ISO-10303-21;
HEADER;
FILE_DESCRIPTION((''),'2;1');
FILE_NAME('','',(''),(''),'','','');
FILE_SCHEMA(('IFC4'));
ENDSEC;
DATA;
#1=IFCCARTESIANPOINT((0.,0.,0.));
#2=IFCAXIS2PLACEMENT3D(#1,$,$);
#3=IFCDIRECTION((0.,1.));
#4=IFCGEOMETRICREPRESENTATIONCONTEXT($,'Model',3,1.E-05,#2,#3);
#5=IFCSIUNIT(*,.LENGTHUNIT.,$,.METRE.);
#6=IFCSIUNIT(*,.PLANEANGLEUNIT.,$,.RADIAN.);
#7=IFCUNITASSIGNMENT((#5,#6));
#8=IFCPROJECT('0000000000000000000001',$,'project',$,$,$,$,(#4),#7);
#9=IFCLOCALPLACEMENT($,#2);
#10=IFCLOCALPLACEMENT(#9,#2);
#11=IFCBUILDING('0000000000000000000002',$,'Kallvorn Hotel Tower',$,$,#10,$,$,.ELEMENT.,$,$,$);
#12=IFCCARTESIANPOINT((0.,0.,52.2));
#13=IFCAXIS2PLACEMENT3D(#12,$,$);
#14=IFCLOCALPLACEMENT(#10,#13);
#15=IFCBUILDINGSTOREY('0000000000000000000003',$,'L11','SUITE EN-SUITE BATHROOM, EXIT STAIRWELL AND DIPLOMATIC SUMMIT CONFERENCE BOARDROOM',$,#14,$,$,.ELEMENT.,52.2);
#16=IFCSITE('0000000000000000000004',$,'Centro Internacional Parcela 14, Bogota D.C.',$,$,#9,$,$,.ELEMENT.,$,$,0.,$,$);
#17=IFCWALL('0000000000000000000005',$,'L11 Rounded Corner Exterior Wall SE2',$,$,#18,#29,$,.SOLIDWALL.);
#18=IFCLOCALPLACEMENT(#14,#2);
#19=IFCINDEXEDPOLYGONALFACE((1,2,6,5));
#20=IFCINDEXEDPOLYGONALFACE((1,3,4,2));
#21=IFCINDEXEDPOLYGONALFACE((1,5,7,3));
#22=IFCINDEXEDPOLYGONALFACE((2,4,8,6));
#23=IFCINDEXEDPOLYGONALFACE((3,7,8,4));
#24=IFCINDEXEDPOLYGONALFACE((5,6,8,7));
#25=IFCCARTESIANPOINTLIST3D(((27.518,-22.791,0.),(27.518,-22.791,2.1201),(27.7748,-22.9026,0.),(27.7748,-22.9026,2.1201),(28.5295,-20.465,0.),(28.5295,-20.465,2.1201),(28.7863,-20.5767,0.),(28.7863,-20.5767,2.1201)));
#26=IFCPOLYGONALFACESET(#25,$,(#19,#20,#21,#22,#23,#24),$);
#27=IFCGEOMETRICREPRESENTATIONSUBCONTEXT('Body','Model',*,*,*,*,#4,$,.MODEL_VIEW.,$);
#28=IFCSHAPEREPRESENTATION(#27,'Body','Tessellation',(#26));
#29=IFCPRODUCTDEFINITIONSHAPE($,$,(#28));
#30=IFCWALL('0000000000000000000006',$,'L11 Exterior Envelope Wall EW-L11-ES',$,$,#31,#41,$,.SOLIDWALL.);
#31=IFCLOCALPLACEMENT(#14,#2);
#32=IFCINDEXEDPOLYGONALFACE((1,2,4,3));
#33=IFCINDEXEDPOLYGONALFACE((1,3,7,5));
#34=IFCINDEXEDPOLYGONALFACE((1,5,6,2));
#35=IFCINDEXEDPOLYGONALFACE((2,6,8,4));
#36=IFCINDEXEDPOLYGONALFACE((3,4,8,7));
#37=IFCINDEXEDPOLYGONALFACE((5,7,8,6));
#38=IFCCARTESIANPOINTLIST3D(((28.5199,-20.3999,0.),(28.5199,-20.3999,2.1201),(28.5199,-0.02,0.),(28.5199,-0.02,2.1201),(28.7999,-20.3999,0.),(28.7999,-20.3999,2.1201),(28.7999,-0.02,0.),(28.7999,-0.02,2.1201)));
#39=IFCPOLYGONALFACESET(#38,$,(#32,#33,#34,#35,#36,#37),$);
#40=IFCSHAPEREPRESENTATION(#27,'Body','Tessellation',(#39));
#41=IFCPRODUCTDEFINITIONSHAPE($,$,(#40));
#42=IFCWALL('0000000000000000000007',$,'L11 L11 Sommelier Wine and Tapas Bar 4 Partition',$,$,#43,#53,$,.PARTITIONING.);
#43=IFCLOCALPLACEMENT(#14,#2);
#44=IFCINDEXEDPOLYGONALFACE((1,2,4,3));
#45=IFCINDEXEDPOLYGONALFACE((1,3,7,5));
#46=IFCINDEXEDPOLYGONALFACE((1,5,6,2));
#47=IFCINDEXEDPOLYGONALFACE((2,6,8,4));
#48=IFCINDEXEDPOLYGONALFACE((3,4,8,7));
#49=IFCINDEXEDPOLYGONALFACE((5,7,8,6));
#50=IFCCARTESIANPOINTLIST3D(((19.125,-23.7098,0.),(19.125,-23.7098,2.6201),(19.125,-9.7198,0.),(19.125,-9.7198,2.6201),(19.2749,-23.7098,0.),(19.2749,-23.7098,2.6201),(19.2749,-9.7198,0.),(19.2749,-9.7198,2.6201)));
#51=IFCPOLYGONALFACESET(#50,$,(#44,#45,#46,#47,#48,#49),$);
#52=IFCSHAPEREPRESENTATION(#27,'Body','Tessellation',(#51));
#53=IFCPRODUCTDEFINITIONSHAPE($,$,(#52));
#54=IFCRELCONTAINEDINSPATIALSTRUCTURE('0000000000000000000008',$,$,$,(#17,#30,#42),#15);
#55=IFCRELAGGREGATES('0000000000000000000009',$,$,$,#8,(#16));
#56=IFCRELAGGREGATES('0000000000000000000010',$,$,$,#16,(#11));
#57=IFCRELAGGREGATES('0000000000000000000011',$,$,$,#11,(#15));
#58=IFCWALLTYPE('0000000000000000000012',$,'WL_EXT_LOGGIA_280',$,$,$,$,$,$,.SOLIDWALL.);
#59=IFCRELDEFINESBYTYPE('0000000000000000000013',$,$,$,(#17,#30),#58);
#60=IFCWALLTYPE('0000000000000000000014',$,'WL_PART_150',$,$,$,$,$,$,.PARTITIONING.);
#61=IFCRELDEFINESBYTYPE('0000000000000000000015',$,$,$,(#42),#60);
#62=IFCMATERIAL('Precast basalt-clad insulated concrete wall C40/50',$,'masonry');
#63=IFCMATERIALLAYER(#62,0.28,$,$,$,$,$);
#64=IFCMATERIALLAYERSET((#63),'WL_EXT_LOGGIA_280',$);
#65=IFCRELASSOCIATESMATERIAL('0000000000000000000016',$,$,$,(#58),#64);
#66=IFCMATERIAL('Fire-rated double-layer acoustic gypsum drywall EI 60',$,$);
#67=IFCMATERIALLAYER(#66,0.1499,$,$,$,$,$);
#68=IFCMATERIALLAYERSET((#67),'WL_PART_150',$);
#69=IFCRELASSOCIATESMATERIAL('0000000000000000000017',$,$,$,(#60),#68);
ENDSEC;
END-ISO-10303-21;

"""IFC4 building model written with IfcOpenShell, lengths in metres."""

from ifc_helpers import new_model, si_unit, direction, frame, frame_2d, origin, place, context, subcontext, project, spatial, rectangle, extrude, material, layer, layer_set, type_object, element, save


model = new_model("IFC4")

# Units and contexts
model_context = context("Model", 3, precision=1e-05, world=origin(), true_north=direction((0.0, 1.0)))
body_context = subcontext(model_context, "Body", "Model", "MODEL_VIEW")
ifc_project = project(units=[si_unit("LENGTHUNIT", "METRE"), si_unit("PLANEANGLEUNIT", "RADIAN")], contexts=[model_context])

# Site, building, storey
site_placement = place(None, origin())
site = spatial("IfcSite", under=ifc_project, at=site_placement, Name="Centro Internacional Parcela 14, Bogota D.C.", CompositionType="ELEMENT", RefElevation=0.0)
building_placement = place(site_placement, origin())
building = spatial("IfcBuilding", under=site, at=building_placement, Name="Kallvorn Hotel Tower", CompositionType="ELEMENT")
storey_placement = place(building_placement, frame((0.0, 0.0, 52.2)))
storey = spatial("IfcBuildingStorey", under=building, at=storey_placement, Name="L11", Description="SUITE EN-SUITE BATHROOM, EXIT STAIRWELL AND DIPLOMATIC SUMMIT CONFERENCE BOARDROOM", CompositionType="ELEMENT", Elevation=52.2)

# Walls
ifc_material_1 = material(Name="Precast basalt-clad insulated concrete wall C40/50", Category="masonry")
ifc_layer_1 = layer(ifc_material_1, 0.28)
ifc_layer_set_1 = layer_set([ifc_layer_1], Name="WL_EXT_LOGGIA_280")
wall_type_1 = type_object("IfcWallType", Name="WL_EXT_LOGGIA_280", PredefinedType="SOLIDWALL", material=ifc_layer_set_1)
wall_1_placement = place(storey_placement, frame((27.6465, -22.8467, 0.0), z_axis=(0.0, 0.0, 1.0), x_axis=(0.398793, 0.917041, 0.0)))
element("IfcWall", 1, at=wall_1_placement, inside=storey, type_object=wall_type_1, Name="L11 Rounded Corner Exterior Wall SE2", PredefinedType="SOLIDWALL", context=body_context, shape_type="SweptSolid", body=[
    extrude(rectangle(XDim=2.5364, YDim=0.28, at=frame_2d((1.2681, 0.0))), origin(), (0.0, 0.0, 1.0), 2.1201),
])
wall_2_placement = place(storey_placement, frame((28.6599, -20.3999, 0.0), z_axis=(0.0, 0.0, 1.0), x_axis=(0.0, 1.0, 0.0)))
element("IfcWall", 2, at=wall_2_placement, inside=storey, type_object=wall_type_1, Name="L11 Exterior Envelope Wall EW-L11-ES", PredefinedType="SOLIDWALL", context=body_context, shape_type="SweptSolid", body=[
    extrude(rectangle(XDim=20.3799, YDim=0.28, at=frame_2d((10.1899, 0.0))), origin(), (0.0, 0.0, 1.0), 2.1201),
])
ifc_material_2 = material(Name="Fire-rated double-layer acoustic gypsum drywall EI 60")
ifc_layer_2 = layer(ifc_material_2, 0.1499)
ifc_layer_set_2 = layer_set([ifc_layer_2], Name="WL_PART_150")
wall_type_2 = type_object("IfcWallType", Name="WL_PART_150", PredefinedType="PARTITIONING", material=ifc_layer_set_2)
wall_3_placement = place(storey_placement, frame((19.2, -23.71, 0.0), z_axis=(0.0, 0.0, 1.0), x_axis=(0.0, 1.0, 0.0)))
element("IfcWall", 3, at=wall_3_placement, inside=storey, type_object=wall_type_2, Name="L11 L11 Sommelier Wine and Tapas Bar 4 Partition", PredefinedType="PARTITIONING", context=body_context, shape_type="SweptSolid", body=[
    extrude(rectangle(XDim=13.99, YDim=0.1499, at=frame_2d((6.9951, 0.0))), origin(), (0.0, 0.0, 1.0), 2.6201),
])

save(model, "model.ifc")
